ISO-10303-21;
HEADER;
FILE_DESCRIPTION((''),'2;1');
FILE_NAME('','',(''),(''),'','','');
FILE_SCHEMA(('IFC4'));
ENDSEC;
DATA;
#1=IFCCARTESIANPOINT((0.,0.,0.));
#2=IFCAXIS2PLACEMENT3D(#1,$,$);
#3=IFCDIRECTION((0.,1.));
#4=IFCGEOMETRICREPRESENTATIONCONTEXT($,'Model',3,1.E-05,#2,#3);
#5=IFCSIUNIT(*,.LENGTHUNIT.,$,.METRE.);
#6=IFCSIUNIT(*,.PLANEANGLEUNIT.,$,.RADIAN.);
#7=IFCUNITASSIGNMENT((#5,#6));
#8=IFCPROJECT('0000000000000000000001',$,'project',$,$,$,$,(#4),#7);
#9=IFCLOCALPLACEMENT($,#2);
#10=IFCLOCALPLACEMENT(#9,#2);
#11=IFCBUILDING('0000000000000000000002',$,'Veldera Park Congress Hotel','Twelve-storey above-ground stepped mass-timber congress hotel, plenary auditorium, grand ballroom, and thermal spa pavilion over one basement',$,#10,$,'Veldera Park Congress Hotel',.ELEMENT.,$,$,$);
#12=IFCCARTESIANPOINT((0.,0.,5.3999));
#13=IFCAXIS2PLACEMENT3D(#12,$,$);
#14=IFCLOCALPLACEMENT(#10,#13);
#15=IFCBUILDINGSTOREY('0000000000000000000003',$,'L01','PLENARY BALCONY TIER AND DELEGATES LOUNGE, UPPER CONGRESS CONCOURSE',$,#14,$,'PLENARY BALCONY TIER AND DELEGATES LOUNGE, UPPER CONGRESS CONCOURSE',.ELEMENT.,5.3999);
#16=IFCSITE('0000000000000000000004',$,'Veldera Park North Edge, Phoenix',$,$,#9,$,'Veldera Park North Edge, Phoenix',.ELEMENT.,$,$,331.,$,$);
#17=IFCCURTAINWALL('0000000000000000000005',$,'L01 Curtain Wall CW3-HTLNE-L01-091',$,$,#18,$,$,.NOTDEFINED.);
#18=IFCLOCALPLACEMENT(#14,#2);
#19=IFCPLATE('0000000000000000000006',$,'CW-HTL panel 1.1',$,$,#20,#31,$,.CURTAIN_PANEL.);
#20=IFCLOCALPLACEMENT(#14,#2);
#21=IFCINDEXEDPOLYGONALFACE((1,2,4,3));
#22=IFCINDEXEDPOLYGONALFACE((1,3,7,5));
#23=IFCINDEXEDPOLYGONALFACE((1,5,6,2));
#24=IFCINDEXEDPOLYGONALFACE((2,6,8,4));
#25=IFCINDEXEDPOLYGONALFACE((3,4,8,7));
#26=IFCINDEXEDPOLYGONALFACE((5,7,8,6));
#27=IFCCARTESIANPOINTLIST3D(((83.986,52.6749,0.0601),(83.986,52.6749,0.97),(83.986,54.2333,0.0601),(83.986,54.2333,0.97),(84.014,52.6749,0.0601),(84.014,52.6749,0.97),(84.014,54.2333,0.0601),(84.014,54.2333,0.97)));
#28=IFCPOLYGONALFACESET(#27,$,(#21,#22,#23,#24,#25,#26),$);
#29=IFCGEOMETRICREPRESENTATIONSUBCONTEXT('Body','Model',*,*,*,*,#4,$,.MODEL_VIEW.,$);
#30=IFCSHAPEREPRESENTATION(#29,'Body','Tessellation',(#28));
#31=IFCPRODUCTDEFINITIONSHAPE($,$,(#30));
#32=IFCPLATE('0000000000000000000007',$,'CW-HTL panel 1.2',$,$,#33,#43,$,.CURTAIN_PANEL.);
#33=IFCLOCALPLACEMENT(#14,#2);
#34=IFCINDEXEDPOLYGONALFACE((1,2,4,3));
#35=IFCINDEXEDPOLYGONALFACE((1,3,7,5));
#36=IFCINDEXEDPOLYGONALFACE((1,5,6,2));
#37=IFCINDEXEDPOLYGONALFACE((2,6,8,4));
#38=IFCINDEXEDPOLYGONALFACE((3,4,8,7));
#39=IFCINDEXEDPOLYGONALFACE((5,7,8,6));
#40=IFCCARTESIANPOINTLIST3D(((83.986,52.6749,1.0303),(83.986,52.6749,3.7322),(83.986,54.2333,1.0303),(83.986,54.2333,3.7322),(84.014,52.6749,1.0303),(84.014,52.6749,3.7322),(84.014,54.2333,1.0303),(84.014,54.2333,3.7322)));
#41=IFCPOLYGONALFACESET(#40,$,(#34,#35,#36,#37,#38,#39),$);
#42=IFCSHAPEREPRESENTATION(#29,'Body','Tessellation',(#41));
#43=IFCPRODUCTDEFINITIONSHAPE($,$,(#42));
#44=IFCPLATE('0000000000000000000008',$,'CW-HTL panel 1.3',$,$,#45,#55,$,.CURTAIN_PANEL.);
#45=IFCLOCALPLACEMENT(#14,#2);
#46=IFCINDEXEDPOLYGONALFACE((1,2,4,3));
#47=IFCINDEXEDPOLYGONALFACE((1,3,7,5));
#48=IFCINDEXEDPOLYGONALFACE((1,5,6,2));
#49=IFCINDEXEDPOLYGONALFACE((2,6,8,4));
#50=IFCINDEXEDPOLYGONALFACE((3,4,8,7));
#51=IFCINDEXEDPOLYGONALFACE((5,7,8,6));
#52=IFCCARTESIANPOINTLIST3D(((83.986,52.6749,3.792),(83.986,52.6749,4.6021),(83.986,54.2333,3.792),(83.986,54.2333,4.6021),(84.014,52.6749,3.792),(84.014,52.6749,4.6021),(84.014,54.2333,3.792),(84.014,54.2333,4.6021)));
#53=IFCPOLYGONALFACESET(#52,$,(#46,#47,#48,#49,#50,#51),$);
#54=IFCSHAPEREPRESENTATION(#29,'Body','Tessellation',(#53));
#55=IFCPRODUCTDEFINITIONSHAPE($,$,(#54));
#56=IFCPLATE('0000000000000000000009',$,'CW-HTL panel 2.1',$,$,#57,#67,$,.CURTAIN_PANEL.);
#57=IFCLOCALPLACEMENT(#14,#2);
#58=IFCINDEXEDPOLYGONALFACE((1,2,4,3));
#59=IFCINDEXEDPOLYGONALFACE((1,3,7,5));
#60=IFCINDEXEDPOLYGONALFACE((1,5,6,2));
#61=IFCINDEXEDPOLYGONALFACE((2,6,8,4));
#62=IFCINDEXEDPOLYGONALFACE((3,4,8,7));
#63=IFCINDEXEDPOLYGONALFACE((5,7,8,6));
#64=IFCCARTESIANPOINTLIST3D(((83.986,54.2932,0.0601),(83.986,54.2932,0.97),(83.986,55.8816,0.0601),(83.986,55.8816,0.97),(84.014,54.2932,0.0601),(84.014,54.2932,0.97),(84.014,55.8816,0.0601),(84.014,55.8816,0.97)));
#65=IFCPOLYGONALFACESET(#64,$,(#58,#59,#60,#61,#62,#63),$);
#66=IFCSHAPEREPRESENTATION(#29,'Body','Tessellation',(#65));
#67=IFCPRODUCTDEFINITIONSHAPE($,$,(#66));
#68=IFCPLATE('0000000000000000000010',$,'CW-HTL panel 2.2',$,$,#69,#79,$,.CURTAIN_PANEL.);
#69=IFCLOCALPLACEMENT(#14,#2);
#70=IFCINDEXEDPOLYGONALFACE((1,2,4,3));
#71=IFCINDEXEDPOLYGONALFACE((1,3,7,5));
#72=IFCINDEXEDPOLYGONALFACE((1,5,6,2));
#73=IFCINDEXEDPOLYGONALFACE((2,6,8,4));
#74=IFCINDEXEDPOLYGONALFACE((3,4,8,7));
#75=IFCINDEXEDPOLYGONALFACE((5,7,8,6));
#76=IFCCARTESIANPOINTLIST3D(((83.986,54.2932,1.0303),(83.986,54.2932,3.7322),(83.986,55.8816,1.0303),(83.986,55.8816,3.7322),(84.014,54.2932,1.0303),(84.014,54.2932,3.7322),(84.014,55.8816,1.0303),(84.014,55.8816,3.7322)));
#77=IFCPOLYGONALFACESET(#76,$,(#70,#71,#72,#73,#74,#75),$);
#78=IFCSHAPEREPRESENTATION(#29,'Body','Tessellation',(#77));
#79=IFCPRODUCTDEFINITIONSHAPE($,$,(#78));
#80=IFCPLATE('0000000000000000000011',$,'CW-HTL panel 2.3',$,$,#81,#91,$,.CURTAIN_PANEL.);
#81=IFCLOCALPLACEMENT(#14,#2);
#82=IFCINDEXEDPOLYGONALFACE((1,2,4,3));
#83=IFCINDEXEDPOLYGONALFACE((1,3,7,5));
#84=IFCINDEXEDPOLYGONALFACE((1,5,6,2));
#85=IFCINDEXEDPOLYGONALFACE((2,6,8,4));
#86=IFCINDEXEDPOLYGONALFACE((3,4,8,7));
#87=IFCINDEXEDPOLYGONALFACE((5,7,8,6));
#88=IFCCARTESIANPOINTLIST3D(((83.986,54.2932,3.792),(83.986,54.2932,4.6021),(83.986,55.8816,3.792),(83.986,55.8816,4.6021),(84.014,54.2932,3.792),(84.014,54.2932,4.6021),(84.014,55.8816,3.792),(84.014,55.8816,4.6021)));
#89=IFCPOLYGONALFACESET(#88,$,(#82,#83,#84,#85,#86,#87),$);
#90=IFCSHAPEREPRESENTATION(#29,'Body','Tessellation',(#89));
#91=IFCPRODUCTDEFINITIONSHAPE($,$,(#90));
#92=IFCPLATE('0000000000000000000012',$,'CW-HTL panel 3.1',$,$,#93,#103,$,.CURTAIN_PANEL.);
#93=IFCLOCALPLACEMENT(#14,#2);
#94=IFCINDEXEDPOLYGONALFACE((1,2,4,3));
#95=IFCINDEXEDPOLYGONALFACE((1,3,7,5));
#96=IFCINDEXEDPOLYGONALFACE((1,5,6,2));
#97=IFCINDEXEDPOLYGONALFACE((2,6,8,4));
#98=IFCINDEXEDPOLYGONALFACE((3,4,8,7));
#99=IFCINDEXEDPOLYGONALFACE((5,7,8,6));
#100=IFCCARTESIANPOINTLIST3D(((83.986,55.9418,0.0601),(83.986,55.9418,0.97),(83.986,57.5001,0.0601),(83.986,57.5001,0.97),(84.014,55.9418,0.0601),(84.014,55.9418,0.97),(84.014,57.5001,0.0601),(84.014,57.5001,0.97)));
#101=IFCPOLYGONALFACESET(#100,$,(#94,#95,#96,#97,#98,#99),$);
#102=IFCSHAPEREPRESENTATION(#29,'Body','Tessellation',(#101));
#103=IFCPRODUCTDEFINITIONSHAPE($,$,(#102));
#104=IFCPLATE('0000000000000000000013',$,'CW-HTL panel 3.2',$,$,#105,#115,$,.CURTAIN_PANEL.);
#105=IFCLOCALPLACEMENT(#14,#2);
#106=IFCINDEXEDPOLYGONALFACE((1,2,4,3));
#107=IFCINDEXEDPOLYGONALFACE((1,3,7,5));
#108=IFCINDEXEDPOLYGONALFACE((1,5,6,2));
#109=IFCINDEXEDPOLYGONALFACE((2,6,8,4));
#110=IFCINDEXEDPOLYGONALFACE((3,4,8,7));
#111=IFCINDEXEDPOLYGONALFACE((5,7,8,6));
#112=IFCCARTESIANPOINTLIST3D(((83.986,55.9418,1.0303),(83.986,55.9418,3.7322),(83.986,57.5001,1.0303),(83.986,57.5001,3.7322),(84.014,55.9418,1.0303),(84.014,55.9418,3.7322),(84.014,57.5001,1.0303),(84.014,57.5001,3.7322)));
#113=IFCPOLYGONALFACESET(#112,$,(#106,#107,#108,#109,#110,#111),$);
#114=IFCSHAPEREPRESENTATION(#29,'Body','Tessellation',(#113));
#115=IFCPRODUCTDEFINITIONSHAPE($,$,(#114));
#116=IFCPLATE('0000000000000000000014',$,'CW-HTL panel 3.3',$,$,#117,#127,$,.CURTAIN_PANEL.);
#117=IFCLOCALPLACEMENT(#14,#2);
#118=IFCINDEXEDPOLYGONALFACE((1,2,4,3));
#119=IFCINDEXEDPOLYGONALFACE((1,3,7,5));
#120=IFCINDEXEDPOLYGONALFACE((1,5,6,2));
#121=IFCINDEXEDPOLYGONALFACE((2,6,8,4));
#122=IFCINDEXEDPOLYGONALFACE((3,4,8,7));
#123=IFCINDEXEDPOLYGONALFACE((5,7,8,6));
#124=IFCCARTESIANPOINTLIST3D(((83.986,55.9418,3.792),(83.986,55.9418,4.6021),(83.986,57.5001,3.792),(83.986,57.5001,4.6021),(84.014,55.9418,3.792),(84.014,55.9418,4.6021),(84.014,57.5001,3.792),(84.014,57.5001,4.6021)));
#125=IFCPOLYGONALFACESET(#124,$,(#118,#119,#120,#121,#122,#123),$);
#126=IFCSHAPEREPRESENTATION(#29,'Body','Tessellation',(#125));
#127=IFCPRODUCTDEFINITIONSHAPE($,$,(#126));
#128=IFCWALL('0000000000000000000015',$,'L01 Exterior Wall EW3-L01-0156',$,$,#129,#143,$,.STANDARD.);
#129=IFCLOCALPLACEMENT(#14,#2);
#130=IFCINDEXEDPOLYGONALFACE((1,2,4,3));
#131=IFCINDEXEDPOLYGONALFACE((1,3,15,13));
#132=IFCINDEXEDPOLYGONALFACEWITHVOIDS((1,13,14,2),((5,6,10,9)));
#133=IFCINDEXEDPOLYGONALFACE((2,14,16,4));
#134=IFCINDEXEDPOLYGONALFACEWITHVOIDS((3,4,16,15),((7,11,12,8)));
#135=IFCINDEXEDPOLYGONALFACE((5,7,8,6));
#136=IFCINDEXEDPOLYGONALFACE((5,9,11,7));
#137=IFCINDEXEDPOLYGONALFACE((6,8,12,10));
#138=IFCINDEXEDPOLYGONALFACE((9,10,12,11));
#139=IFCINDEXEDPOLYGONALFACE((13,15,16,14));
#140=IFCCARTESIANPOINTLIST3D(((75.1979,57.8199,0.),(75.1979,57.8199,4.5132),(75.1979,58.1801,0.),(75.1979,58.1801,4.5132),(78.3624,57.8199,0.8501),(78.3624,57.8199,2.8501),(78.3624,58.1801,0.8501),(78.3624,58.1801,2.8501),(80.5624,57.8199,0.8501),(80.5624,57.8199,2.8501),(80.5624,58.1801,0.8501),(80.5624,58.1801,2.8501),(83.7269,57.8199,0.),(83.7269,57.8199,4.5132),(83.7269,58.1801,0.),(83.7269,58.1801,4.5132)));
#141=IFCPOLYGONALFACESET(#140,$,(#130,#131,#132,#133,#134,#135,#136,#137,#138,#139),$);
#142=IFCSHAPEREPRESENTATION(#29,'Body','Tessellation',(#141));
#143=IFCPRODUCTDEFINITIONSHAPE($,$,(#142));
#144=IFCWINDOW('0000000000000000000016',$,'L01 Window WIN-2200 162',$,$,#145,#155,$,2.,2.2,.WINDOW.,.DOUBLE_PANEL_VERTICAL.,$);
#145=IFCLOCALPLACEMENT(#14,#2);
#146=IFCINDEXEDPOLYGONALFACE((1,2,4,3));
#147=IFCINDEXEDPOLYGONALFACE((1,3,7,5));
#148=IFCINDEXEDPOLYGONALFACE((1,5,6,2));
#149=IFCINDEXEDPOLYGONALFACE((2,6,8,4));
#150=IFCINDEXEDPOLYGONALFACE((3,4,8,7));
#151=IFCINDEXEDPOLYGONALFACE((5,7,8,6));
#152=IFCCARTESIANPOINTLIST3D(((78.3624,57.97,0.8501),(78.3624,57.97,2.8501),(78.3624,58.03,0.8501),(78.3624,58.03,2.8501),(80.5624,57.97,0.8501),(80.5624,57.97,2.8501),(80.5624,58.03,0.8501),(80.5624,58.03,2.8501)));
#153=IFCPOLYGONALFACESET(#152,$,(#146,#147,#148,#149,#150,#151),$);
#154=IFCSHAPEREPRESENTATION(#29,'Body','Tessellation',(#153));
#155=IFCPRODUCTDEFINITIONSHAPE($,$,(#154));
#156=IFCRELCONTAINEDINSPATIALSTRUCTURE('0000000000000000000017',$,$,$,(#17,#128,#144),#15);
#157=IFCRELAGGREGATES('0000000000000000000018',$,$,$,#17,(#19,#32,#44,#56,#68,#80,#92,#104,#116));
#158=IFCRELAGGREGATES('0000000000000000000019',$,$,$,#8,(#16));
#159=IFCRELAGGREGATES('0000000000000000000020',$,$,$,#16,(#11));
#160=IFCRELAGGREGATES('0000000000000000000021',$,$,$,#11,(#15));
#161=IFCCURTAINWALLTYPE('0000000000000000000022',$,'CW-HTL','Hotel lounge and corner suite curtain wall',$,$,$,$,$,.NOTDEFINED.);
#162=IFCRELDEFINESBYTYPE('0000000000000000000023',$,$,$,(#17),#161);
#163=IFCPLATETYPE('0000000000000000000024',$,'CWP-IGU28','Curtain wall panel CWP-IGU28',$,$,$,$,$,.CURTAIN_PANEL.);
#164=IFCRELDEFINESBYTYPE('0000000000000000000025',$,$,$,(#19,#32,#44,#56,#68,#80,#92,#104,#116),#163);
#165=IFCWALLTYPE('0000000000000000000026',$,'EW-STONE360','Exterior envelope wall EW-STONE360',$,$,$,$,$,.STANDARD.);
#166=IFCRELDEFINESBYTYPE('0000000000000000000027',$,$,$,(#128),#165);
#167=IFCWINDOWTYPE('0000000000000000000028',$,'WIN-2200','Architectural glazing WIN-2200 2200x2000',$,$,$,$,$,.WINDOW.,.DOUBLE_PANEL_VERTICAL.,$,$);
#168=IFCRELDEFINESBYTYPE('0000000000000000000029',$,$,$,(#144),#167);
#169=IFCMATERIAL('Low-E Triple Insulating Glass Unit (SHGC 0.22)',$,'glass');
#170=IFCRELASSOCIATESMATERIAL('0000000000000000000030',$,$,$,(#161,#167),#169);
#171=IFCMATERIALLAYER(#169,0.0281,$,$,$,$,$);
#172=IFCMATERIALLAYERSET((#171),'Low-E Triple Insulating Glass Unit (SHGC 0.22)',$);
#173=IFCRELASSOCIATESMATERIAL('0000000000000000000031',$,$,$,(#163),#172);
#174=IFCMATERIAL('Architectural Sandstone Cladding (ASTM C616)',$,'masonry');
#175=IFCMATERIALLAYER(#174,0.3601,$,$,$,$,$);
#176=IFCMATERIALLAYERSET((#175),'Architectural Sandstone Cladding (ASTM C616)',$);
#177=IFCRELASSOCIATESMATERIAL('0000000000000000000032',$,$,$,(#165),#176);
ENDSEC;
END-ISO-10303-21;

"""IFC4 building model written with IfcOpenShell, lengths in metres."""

from ifc_helpers import new_model, si_unit, direction, frame, frame_2d, origin, origin_2d, place, context, subcontext, project, spatial, rectangle, extrude, material, layer, layer_set, type_object, element, fill, aggregate, save


model = new_model("IFC4")

# Units and contexts
model_context = context("Model", 3, precision=1e-05, world=origin(), true_north=direction((0.0, 1.0)))
body_context = subcontext(model_context, "Body", "Model", "MODEL_VIEW")
ifc_project = project(units=[si_unit("LENGTHUNIT", "METRE"), si_unit("PLANEANGLEUNIT", "RADIAN")], contexts=[model_context])

# Site, building, storey
site_placement = place(None, origin())
site = spatial("IfcSite", under=ifc_project, at=site_placement, Name="Veldera Park North Edge, Phoenix", LongName="Veldera Park North Edge, Phoenix", CompositionType="ELEMENT", RefElevation=331.0)
building_placement = place(site_placement, origin())
building = spatial("IfcBuilding", under=site, at=building_placement, Name="Veldera Park Congress Hotel", Description="Twelve-storey above-ground stepped mass-timber congress hotel, plenary auditorium, grand ballroom, and thermal spa pavilion over one basement", LongName="Veldera Park Congress Hotel", CompositionType="ELEMENT")
storey_placement = place(building_placement, frame((0.0, 0.0, 5.3999)))
storey = spatial("IfcBuildingStorey", under=building, at=storey_placement, Name="L01", Description="PLENARY BALCONY TIER AND DELEGATES LOUNGE, UPPER CONGRESS CONCOURSE", LongName="PLENARY BALCONY TIER AND DELEGATES LOUNGE, UPPER CONGRESS CONCOURSE", CompositionType="ELEMENT", Elevation=5.3999)

# Curtain wall
ifc_material_1 = material(Name="Low-E Triple Insulating Glass Unit (SHGC 0.22)", Category="glass")
curtain_wall_type = type_object("IfcCurtainWallType", Name="CW-HTL", Description="Hotel lounge and corner suite curtain wall", PredefinedType="NOTDEFINED", material=ifc_material_1)
curtain_wall_1_placement = place(storey_placement, origin())
curtain_wall_1 = element("IfcCurtainWall", 1, at=curtain_wall_1_placement, inside=storey, type_object=curtain_wall_type, Name="L01 Curtain Wall CW3-HTLNE-L01-091", PredefinedType="NOTDEFINED")

# Plates
ifc_layer_1 = layer(ifc_material_1, 0.0281)
ifc_layer_set_1 = layer_set([ifc_layer_1], Name="Low-E Triple Insulating Glass Unit (SHGC 0.22)")
plate_type = type_object("IfcPlateType", Name="CWP-IGU28", Description="Curtain wall panel CWP-IGU28", PredefinedType="CURTAIN_PANEL", material=ifc_layer_set_1)
plate_1_placement = place(storey_placement, frame((84.0, 53.4541, 0.0601), z_axis=(0.0, 0.0, 1.0), x_axis=(0.0, 1.0, 0.0)))
plate_1 = element("IfcPlate", 2, at=plate_1_placement, type_object=plate_type, Name="CW-HTL panel 1.1", PredefinedType="CURTAIN_PANEL", context=body_context, shape_type="SweptSolid", body=[
    extrude(rectangle(XDim=1.5583, YDim=0.0281, at=origin_2d()), origin(), (0.0, 0.0, 1.0), 0.9099),
])
plate_2_placement = place(storey_placement, frame((84.0, 53.4541, 1.0303), z_axis=(0.0, 0.0, 1.0), x_axis=(0.0, 1.0, 0.0)))
plate_2 = element("IfcPlate", 3, at=plate_2_placement, type_object=plate_type, Name="CW-HTL panel 1.2", PredefinedType="CURTAIN_PANEL", context=body_context, shape_type="SweptSolid", body=[
    extrude(rectangle(XDim=1.5583, YDim=0.0281, at=origin_2d()), origin(), (0.0, 0.0, 1.0), 2.7019),
])
plate_3_placement = place(storey_placement, frame((84.0, 53.4541, 3.792), z_axis=(0.0, 0.0, 1.0), x_axis=(0.0, 1.0, 0.0)))
plate_3 = element("IfcPlate", 4, at=plate_3_placement, type_object=plate_type, Name="CW-HTL panel 1.3", PredefinedType="CURTAIN_PANEL", context=body_context, shape_type="SweptSolid", body=[
    extrude(rectangle(XDim=1.5583, YDim=0.0281, at=origin_2d()), origin(), (0.0, 0.0, 1.0), 0.8101),
])
plate_4_placement = place(storey_placement, frame((84.0, 55.0874, 0.0601), z_axis=(0.0, 0.0, 1.0), x_axis=(0.0, 1.0, 0.0)))
plate_4 = element("IfcPlate", 5, at=plate_4_placement, type_object=plate_type, Name="CW-HTL panel 2.1", PredefinedType="CURTAIN_PANEL", context=body_context, shape_type="SweptSolid", body=[
    extrude(rectangle(XDim=1.5884, YDim=0.0281, at=origin_2d()), origin(), (0.0, 0.0, 1.0), 0.9099),
])
plate_5_placement = place(storey_placement, frame((84.0, 55.0874, 1.0303), z_axis=(0.0, 0.0, 1.0), x_axis=(0.0, 1.0, 0.0)))
plate_5 = element("IfcPlate", 6, at=plate_5_placement, type_object=plate_type, Name="CW-HTL panel 2.2", PredefinedType="CURTAIN_PANEL", context=body_context, shape_type="SweptSolid", body=[
    extrude(rectangle(XDim=1.5884, YDim=0.0281, at=origin_2d()), origin(), (0.0, 0.0, 1.0), 2.7019),
])
plate_6_placement = place(storey_placement, frame((84.0, 55.0874, 3.792), z_axis=(0.0, 0.0, 1.0), x_axis=(0.0, 1.0, 0.0)))
plate_6 = element("IfcPlate", 7, at=plate_6_placement, type_object=plate_type, Name="CW-HTL panel 2.3", PredefinedType="CURTAIN_PANEL", context=body_context, shape_type="SweptSolid", body=[
    extrude(rectangle(XDim=1.5884, YDim=0.0281, at=origin_2d()), origin(), (0.0, 0.0, 1.0), 0.8101),
])
plate_7_placement = place(storey_placement, frame((84.0, 56.7209, 0.0601), z_axis=(0.0, 0.0, 1.0), x_axis=(0.0, 1.0, 0.0)))
plate_7 = element("IfcPlate", 8, at=plate_7_placement, type_object=plate_type, Name="CW-HTL panel 3.1", PredefinedType="CURTAIN_PANEL", context=body_context, shape_type="SweptSolid", body=[
    extrude(rectangle(XDim=1.5583, YDim=0.0281, at=origin_2d()), origin(), (0.0, 0.0, 1.0), 0.9099),
])
plate_8_placement = place(storey_placement, frame((84.0, 56.7209, 1.0303), z_axis=(0.0, 0.0, 1.0), x_axis=(0.0, 1.0, 0.0)))
plate_8 = element("IfcPlate", 9, at=plate_8_placement, type_object=plate_type, Name="CW-HTL panel 3.2", PredefinedType="CURTAIN_PANEL", context=body_context, shape_type="SweptSolid", body=[
    extrude(rectangle(XDim=1.5583, YDim=0.0281, at=origin_2d()), origin(), (0.0, 0.0, 1.0), 2.7019),
])
plate_9_placement = place(storey_placement, frame((84.0, 56.7209, 3.792), z_axis=(0.0, 0.0, 1.0), x_axis=(0.0, 1.0, 0.0)))
plate_9 = element("IfcPlate", 10, at=plate_9_placement, type_object=plate_type, Name="CW-HTL panel 3.3", PredefinedType="CURTAIN_PANEL", context=body_context, shape_type="SweptSolid", body=[
    extrude(rectangle(XDim=1.5583, YDim=0.0281, at=origin_2d()), origin(), (0.0, 0.0, 1.0), 0.8101),
])
aggregate(curtain_wall_1, [plate_1, plate_2, plate_3, plate_4, plate_5, plate_6, plate_7, plate_8, plate_9])

# Wall, opening, window
ifc_material_2 = material(Name="Architectural Sandstone Cladding (ASTM C616)", Category="masonry")
ifc_layer_2 = layer(ifc_material_2, 0.3601)
ifc_layer_set_2 = layer_set([ifc_layer_2], Name="Architectural Sandstone Cladding (ASTM C616)")
wall_type = type_object("IfcWallType", Name="EW-STONE360", Description="Exterior envelope wall EW-STONE360", PredefinedType="STANDARD", material=ifc_layer_set_2)
wall_placement = place(storey_placement, frame((83.7271, 58.0, 0.0), z_axis=(0.0, 0.0, 1.0), x_axis=(-1.0, 0.0, 0.0)))
wall = element("IfcWall", 11, at=wall_placement, inside=storey, type_object=wall_type, Name="L01 Exterior Wall EW3-L01-0156", PredefinedType="STANDARD", context=body_context, shape_type="SweptSolid", body=[
    extrude(rectangle(XDim=8.5291, YDim=0.3601, at=frame_2d((4.2646, 0.0))), origin(), (0.0, 0.0, 1.0), 4.5132),
])
opening_placement = place(wall_placement, frame((3.1646, 0.0, 0.8501)))
opening = element("IfcOpeningElement", 12, at=opening_placement, cuts=wall, PredefinedType="OPENING", context=body_context, shape_type="SweptSolid", body=[
    extrude(rectangle(XDim=2.2, YDim=2.0, at=frame_2d((1.1001, 1.0))), frame((0.0, 0.1921, 0.0), z_axis=(0.0, -1.0, 0.0), x_axis=(1.0, 0.0, 0.0)), (0.0, 0.0, 1.0), 0.384),
])
window_type = type_object("IfcWindowType", Name="WIN-2200", Description="Architectural glazing WIN-2200 2200x2000", PartitioningType="DOUBLE_PANEL_VERTICAL", PredefinedType="WINDOW", material=ifc_material_1)
window_placement = place(opening_placement, origin())
window = element("IfcWindow", 13, at=window_placement, inside=storey, type_object=window_type, Name="L01 Window WIN-2200 162", OverallHeight=2.0, OverallWidth=2.2, PartitioningType="DOUBLE_PANEL_VERTICAL", PredefinedType="WINDOW", context=body_context, shape_type="SweptSolid", body=[
    extrude(rectangle(XDim=2.2, YDim=2.0, at=frame_2d((1.1001, 1.0))), frame((0.0, 0.03, 0.0), z_axis=(0.0, -1.0, 0.0), x_axis=(1.0, 0.0, 0.0)), (0.0, 0.0, 1.0), 0.0601),
])
fill(opening, window)

save(model, "model.ifc")
